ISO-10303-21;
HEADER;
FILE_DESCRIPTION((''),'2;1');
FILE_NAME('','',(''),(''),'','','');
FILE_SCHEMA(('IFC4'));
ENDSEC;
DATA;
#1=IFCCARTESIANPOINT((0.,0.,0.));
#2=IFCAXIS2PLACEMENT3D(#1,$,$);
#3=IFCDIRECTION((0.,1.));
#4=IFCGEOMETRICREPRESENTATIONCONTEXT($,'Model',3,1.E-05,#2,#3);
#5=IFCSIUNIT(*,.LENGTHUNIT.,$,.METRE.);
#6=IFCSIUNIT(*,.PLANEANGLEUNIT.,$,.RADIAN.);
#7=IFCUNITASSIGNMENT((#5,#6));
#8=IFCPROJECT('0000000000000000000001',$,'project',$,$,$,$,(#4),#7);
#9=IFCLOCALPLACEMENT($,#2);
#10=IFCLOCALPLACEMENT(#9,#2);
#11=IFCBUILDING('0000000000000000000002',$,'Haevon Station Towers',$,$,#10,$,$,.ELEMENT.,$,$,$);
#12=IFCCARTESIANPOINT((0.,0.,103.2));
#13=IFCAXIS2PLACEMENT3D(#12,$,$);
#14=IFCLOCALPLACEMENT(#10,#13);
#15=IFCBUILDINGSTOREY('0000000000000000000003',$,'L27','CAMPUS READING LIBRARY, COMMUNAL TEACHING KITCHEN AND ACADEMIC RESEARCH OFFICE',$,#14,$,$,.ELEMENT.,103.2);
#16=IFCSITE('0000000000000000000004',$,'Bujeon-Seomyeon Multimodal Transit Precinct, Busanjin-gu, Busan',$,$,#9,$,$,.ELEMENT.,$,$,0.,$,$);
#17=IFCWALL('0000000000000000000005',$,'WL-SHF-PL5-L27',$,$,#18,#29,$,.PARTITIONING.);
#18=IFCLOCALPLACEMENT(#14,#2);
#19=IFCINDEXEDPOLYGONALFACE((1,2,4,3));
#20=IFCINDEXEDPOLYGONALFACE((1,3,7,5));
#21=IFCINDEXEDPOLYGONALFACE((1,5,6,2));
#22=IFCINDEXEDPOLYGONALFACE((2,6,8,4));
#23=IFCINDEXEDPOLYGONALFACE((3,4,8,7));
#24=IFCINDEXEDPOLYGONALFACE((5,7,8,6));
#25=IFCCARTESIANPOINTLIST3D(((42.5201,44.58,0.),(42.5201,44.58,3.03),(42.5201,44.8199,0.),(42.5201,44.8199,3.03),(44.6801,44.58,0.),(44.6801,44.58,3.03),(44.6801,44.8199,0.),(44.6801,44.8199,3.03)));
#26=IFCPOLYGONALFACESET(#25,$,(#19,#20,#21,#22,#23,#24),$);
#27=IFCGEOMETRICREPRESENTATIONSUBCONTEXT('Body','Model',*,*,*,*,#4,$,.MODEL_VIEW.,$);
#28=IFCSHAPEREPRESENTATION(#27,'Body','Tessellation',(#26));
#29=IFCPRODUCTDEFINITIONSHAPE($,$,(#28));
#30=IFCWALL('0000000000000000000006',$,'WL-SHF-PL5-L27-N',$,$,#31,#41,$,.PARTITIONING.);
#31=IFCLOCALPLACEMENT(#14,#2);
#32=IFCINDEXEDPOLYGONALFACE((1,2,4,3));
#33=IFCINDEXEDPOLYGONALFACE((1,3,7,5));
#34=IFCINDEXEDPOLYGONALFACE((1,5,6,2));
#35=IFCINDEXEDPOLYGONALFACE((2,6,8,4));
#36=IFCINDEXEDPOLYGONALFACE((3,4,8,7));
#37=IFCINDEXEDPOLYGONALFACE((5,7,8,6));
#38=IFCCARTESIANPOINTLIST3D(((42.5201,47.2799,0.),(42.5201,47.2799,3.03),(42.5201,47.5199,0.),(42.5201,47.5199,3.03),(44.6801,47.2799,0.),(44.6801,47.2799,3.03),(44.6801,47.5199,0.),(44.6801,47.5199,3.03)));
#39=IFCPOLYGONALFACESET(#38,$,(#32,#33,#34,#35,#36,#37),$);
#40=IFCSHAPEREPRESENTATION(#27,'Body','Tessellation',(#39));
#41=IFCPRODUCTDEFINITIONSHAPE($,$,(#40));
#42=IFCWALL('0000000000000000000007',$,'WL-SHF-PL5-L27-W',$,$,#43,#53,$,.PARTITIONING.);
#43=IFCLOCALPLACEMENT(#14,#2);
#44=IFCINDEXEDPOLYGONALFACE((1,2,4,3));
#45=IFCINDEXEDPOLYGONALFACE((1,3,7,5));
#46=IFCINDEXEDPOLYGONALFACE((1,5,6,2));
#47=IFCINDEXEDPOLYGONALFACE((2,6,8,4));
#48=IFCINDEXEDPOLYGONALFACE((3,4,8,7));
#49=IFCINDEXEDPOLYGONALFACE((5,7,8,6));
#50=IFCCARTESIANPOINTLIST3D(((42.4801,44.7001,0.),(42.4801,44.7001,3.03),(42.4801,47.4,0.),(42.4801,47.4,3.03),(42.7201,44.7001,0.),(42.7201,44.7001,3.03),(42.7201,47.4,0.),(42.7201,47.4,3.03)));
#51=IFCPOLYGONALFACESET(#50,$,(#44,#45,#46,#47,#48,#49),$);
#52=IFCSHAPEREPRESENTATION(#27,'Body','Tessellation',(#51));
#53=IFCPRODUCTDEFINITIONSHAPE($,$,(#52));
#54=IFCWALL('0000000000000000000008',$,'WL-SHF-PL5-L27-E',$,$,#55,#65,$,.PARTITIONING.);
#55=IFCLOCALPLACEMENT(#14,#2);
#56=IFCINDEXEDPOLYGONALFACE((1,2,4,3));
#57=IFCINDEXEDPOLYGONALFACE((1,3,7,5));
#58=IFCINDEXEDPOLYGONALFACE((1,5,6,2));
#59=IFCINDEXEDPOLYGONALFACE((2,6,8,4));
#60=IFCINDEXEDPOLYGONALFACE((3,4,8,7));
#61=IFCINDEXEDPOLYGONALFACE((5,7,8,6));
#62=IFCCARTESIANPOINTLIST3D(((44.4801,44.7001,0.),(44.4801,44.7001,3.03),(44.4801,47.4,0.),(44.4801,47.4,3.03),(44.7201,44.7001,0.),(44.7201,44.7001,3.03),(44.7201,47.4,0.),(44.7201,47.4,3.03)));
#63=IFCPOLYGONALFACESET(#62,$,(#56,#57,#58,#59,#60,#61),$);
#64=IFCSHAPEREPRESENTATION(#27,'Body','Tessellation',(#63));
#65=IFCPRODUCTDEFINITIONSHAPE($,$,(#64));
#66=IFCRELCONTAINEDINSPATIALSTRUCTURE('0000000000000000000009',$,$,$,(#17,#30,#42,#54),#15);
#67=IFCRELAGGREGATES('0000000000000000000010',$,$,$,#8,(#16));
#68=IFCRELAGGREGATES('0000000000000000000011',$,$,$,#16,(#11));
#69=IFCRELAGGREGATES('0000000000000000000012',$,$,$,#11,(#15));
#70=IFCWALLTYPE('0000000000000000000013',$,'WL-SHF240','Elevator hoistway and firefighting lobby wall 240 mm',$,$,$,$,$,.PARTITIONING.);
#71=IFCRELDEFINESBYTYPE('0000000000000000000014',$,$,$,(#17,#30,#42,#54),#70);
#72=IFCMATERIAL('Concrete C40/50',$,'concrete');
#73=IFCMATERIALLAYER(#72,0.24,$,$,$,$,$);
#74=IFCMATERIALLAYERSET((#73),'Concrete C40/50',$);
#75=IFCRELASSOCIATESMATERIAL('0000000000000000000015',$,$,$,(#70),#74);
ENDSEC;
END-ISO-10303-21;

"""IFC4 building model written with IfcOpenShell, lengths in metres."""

from ifc_helpers import new_model, si_unit, direction, frame, frame_2d, origin, place, context, subcontext, project, spatial, rectangle, extrude, material, layer, layer_set, type_object, element, save


model = new_model("IFC4")

# Units and contexts
model_context = context("Model", 3, precision=1e-05, world=origin(), true_north=direction((0.0, 1.0)))
body_context = subcontext(model_context, "Body", "Model", "MODEL_VIEW")
ifc_project = project(units=[si_unit("LENGTHUNIT", "METRE"), si_unit("PLANEANGLEUNIT", "RADIAN")], contexts=[model_context])

# Site, building, storey
site_placement = place(None, origin())
site = spatial("IfcSite", under=ifc_project, at=site_placement, Name="Bujeon-Seomyeon Multimodal Transit Precinct, Busanjin-gu, Busan", CompositionType="ELEMENT", RefElevation=0.0)
building_placement = place(site_placement, origin())
building = spatial("IfcBuilding", under=site, at=building_placement, Name="Haevon Station Towers", CompositionType="ELEMENT")
storey_placement = place(building_placement, frame((0.0, 0.0, 103.2)))
storey = spatial("IfcBuildingStorey", under=building, at=storey_placement, Name="L27", Description="CAMPUS READING LIBRARY, COMMUNAL TEACHING KITCHEN AND ACADEMIC RESEARCH OFFICE", CompositionType="ELEMENT", Elevation=103.2)

# Shared definitions
ifc_material_1 = material(Name="Concrete C40/50", Category="concrete")
ifc_layer_1 = layer(ifc_material_1, 0.24)
ifc_layer_set_1 = layer_set([ifc_layer_1], Name="Concrete C40/50")
wall_type_1 = type_object("IfcWallType", Name="WL-SHF240", Description="Elevator hoistway and firefighting lobby wall 240 mm", PredefinedType="PARTITIONING", material=ifc_layer_set_1)

# Walls
for number, where, z_axis, x_axis, name in (
    (1, (42.52, 44.7, 0.0), (0.0, 0.0, 1.0), (1.0, 0.0, 0.0), "WL-SHF-PL5-L27"),
    (2, (42.52, 47.3999, 0.0), (0.0, 0.0, 1.0), (1.0, 0.0, 0.0), "WL-SHF-PL5-L27-N"),
):
    element("IfcWall", number, at=place(storey_placement, frame(where, z_axis=z_axis, x_axis=x_axis)), inside=storey, type_object=wall_type_1, Name=name, PredefinedType="PARTITIONING", context=body_context, shape_type="SweptSolid", body=[
        extrude(rectangle(XDim=2.1599, YDim=0.24, at=frame_2d((1.0801, 0.0))), origin(), (0.0, 0.0, 1.0), 3.03),
    ])
for number, where, z_axis, x_axis, name in (
    (3, (42.6001, 44.7, 0.0), (0.0, 0.0, 1.0), (0.0, 1.0, 0.0), "WL-SHF-PL5-L27-W"),
    (4, (44.6001, 44.7, 0.0), (0.0, 0.0, 1.0), (0.0, 1.0, 0.0), "WL-SHF-PL5-L27-E"),
):
    element("IfcWall", number, at=place(storey_placement, frame(where, z_axis=z_axis, x_axis=x_axis)), inside=storey, type_object=wall_type_1, Name=name, PredefinedType="PARTITIONING", context=body_context, shape_type="SweptSolid", body=[
        extrude(rectangle(XDim=2.7, YDim=0.24, at=frame_2d((1.3501, 0.0))), origin(), (0.0, 0.0, 1.0), 3.03),
    ])

save(model, "model.ifc")
